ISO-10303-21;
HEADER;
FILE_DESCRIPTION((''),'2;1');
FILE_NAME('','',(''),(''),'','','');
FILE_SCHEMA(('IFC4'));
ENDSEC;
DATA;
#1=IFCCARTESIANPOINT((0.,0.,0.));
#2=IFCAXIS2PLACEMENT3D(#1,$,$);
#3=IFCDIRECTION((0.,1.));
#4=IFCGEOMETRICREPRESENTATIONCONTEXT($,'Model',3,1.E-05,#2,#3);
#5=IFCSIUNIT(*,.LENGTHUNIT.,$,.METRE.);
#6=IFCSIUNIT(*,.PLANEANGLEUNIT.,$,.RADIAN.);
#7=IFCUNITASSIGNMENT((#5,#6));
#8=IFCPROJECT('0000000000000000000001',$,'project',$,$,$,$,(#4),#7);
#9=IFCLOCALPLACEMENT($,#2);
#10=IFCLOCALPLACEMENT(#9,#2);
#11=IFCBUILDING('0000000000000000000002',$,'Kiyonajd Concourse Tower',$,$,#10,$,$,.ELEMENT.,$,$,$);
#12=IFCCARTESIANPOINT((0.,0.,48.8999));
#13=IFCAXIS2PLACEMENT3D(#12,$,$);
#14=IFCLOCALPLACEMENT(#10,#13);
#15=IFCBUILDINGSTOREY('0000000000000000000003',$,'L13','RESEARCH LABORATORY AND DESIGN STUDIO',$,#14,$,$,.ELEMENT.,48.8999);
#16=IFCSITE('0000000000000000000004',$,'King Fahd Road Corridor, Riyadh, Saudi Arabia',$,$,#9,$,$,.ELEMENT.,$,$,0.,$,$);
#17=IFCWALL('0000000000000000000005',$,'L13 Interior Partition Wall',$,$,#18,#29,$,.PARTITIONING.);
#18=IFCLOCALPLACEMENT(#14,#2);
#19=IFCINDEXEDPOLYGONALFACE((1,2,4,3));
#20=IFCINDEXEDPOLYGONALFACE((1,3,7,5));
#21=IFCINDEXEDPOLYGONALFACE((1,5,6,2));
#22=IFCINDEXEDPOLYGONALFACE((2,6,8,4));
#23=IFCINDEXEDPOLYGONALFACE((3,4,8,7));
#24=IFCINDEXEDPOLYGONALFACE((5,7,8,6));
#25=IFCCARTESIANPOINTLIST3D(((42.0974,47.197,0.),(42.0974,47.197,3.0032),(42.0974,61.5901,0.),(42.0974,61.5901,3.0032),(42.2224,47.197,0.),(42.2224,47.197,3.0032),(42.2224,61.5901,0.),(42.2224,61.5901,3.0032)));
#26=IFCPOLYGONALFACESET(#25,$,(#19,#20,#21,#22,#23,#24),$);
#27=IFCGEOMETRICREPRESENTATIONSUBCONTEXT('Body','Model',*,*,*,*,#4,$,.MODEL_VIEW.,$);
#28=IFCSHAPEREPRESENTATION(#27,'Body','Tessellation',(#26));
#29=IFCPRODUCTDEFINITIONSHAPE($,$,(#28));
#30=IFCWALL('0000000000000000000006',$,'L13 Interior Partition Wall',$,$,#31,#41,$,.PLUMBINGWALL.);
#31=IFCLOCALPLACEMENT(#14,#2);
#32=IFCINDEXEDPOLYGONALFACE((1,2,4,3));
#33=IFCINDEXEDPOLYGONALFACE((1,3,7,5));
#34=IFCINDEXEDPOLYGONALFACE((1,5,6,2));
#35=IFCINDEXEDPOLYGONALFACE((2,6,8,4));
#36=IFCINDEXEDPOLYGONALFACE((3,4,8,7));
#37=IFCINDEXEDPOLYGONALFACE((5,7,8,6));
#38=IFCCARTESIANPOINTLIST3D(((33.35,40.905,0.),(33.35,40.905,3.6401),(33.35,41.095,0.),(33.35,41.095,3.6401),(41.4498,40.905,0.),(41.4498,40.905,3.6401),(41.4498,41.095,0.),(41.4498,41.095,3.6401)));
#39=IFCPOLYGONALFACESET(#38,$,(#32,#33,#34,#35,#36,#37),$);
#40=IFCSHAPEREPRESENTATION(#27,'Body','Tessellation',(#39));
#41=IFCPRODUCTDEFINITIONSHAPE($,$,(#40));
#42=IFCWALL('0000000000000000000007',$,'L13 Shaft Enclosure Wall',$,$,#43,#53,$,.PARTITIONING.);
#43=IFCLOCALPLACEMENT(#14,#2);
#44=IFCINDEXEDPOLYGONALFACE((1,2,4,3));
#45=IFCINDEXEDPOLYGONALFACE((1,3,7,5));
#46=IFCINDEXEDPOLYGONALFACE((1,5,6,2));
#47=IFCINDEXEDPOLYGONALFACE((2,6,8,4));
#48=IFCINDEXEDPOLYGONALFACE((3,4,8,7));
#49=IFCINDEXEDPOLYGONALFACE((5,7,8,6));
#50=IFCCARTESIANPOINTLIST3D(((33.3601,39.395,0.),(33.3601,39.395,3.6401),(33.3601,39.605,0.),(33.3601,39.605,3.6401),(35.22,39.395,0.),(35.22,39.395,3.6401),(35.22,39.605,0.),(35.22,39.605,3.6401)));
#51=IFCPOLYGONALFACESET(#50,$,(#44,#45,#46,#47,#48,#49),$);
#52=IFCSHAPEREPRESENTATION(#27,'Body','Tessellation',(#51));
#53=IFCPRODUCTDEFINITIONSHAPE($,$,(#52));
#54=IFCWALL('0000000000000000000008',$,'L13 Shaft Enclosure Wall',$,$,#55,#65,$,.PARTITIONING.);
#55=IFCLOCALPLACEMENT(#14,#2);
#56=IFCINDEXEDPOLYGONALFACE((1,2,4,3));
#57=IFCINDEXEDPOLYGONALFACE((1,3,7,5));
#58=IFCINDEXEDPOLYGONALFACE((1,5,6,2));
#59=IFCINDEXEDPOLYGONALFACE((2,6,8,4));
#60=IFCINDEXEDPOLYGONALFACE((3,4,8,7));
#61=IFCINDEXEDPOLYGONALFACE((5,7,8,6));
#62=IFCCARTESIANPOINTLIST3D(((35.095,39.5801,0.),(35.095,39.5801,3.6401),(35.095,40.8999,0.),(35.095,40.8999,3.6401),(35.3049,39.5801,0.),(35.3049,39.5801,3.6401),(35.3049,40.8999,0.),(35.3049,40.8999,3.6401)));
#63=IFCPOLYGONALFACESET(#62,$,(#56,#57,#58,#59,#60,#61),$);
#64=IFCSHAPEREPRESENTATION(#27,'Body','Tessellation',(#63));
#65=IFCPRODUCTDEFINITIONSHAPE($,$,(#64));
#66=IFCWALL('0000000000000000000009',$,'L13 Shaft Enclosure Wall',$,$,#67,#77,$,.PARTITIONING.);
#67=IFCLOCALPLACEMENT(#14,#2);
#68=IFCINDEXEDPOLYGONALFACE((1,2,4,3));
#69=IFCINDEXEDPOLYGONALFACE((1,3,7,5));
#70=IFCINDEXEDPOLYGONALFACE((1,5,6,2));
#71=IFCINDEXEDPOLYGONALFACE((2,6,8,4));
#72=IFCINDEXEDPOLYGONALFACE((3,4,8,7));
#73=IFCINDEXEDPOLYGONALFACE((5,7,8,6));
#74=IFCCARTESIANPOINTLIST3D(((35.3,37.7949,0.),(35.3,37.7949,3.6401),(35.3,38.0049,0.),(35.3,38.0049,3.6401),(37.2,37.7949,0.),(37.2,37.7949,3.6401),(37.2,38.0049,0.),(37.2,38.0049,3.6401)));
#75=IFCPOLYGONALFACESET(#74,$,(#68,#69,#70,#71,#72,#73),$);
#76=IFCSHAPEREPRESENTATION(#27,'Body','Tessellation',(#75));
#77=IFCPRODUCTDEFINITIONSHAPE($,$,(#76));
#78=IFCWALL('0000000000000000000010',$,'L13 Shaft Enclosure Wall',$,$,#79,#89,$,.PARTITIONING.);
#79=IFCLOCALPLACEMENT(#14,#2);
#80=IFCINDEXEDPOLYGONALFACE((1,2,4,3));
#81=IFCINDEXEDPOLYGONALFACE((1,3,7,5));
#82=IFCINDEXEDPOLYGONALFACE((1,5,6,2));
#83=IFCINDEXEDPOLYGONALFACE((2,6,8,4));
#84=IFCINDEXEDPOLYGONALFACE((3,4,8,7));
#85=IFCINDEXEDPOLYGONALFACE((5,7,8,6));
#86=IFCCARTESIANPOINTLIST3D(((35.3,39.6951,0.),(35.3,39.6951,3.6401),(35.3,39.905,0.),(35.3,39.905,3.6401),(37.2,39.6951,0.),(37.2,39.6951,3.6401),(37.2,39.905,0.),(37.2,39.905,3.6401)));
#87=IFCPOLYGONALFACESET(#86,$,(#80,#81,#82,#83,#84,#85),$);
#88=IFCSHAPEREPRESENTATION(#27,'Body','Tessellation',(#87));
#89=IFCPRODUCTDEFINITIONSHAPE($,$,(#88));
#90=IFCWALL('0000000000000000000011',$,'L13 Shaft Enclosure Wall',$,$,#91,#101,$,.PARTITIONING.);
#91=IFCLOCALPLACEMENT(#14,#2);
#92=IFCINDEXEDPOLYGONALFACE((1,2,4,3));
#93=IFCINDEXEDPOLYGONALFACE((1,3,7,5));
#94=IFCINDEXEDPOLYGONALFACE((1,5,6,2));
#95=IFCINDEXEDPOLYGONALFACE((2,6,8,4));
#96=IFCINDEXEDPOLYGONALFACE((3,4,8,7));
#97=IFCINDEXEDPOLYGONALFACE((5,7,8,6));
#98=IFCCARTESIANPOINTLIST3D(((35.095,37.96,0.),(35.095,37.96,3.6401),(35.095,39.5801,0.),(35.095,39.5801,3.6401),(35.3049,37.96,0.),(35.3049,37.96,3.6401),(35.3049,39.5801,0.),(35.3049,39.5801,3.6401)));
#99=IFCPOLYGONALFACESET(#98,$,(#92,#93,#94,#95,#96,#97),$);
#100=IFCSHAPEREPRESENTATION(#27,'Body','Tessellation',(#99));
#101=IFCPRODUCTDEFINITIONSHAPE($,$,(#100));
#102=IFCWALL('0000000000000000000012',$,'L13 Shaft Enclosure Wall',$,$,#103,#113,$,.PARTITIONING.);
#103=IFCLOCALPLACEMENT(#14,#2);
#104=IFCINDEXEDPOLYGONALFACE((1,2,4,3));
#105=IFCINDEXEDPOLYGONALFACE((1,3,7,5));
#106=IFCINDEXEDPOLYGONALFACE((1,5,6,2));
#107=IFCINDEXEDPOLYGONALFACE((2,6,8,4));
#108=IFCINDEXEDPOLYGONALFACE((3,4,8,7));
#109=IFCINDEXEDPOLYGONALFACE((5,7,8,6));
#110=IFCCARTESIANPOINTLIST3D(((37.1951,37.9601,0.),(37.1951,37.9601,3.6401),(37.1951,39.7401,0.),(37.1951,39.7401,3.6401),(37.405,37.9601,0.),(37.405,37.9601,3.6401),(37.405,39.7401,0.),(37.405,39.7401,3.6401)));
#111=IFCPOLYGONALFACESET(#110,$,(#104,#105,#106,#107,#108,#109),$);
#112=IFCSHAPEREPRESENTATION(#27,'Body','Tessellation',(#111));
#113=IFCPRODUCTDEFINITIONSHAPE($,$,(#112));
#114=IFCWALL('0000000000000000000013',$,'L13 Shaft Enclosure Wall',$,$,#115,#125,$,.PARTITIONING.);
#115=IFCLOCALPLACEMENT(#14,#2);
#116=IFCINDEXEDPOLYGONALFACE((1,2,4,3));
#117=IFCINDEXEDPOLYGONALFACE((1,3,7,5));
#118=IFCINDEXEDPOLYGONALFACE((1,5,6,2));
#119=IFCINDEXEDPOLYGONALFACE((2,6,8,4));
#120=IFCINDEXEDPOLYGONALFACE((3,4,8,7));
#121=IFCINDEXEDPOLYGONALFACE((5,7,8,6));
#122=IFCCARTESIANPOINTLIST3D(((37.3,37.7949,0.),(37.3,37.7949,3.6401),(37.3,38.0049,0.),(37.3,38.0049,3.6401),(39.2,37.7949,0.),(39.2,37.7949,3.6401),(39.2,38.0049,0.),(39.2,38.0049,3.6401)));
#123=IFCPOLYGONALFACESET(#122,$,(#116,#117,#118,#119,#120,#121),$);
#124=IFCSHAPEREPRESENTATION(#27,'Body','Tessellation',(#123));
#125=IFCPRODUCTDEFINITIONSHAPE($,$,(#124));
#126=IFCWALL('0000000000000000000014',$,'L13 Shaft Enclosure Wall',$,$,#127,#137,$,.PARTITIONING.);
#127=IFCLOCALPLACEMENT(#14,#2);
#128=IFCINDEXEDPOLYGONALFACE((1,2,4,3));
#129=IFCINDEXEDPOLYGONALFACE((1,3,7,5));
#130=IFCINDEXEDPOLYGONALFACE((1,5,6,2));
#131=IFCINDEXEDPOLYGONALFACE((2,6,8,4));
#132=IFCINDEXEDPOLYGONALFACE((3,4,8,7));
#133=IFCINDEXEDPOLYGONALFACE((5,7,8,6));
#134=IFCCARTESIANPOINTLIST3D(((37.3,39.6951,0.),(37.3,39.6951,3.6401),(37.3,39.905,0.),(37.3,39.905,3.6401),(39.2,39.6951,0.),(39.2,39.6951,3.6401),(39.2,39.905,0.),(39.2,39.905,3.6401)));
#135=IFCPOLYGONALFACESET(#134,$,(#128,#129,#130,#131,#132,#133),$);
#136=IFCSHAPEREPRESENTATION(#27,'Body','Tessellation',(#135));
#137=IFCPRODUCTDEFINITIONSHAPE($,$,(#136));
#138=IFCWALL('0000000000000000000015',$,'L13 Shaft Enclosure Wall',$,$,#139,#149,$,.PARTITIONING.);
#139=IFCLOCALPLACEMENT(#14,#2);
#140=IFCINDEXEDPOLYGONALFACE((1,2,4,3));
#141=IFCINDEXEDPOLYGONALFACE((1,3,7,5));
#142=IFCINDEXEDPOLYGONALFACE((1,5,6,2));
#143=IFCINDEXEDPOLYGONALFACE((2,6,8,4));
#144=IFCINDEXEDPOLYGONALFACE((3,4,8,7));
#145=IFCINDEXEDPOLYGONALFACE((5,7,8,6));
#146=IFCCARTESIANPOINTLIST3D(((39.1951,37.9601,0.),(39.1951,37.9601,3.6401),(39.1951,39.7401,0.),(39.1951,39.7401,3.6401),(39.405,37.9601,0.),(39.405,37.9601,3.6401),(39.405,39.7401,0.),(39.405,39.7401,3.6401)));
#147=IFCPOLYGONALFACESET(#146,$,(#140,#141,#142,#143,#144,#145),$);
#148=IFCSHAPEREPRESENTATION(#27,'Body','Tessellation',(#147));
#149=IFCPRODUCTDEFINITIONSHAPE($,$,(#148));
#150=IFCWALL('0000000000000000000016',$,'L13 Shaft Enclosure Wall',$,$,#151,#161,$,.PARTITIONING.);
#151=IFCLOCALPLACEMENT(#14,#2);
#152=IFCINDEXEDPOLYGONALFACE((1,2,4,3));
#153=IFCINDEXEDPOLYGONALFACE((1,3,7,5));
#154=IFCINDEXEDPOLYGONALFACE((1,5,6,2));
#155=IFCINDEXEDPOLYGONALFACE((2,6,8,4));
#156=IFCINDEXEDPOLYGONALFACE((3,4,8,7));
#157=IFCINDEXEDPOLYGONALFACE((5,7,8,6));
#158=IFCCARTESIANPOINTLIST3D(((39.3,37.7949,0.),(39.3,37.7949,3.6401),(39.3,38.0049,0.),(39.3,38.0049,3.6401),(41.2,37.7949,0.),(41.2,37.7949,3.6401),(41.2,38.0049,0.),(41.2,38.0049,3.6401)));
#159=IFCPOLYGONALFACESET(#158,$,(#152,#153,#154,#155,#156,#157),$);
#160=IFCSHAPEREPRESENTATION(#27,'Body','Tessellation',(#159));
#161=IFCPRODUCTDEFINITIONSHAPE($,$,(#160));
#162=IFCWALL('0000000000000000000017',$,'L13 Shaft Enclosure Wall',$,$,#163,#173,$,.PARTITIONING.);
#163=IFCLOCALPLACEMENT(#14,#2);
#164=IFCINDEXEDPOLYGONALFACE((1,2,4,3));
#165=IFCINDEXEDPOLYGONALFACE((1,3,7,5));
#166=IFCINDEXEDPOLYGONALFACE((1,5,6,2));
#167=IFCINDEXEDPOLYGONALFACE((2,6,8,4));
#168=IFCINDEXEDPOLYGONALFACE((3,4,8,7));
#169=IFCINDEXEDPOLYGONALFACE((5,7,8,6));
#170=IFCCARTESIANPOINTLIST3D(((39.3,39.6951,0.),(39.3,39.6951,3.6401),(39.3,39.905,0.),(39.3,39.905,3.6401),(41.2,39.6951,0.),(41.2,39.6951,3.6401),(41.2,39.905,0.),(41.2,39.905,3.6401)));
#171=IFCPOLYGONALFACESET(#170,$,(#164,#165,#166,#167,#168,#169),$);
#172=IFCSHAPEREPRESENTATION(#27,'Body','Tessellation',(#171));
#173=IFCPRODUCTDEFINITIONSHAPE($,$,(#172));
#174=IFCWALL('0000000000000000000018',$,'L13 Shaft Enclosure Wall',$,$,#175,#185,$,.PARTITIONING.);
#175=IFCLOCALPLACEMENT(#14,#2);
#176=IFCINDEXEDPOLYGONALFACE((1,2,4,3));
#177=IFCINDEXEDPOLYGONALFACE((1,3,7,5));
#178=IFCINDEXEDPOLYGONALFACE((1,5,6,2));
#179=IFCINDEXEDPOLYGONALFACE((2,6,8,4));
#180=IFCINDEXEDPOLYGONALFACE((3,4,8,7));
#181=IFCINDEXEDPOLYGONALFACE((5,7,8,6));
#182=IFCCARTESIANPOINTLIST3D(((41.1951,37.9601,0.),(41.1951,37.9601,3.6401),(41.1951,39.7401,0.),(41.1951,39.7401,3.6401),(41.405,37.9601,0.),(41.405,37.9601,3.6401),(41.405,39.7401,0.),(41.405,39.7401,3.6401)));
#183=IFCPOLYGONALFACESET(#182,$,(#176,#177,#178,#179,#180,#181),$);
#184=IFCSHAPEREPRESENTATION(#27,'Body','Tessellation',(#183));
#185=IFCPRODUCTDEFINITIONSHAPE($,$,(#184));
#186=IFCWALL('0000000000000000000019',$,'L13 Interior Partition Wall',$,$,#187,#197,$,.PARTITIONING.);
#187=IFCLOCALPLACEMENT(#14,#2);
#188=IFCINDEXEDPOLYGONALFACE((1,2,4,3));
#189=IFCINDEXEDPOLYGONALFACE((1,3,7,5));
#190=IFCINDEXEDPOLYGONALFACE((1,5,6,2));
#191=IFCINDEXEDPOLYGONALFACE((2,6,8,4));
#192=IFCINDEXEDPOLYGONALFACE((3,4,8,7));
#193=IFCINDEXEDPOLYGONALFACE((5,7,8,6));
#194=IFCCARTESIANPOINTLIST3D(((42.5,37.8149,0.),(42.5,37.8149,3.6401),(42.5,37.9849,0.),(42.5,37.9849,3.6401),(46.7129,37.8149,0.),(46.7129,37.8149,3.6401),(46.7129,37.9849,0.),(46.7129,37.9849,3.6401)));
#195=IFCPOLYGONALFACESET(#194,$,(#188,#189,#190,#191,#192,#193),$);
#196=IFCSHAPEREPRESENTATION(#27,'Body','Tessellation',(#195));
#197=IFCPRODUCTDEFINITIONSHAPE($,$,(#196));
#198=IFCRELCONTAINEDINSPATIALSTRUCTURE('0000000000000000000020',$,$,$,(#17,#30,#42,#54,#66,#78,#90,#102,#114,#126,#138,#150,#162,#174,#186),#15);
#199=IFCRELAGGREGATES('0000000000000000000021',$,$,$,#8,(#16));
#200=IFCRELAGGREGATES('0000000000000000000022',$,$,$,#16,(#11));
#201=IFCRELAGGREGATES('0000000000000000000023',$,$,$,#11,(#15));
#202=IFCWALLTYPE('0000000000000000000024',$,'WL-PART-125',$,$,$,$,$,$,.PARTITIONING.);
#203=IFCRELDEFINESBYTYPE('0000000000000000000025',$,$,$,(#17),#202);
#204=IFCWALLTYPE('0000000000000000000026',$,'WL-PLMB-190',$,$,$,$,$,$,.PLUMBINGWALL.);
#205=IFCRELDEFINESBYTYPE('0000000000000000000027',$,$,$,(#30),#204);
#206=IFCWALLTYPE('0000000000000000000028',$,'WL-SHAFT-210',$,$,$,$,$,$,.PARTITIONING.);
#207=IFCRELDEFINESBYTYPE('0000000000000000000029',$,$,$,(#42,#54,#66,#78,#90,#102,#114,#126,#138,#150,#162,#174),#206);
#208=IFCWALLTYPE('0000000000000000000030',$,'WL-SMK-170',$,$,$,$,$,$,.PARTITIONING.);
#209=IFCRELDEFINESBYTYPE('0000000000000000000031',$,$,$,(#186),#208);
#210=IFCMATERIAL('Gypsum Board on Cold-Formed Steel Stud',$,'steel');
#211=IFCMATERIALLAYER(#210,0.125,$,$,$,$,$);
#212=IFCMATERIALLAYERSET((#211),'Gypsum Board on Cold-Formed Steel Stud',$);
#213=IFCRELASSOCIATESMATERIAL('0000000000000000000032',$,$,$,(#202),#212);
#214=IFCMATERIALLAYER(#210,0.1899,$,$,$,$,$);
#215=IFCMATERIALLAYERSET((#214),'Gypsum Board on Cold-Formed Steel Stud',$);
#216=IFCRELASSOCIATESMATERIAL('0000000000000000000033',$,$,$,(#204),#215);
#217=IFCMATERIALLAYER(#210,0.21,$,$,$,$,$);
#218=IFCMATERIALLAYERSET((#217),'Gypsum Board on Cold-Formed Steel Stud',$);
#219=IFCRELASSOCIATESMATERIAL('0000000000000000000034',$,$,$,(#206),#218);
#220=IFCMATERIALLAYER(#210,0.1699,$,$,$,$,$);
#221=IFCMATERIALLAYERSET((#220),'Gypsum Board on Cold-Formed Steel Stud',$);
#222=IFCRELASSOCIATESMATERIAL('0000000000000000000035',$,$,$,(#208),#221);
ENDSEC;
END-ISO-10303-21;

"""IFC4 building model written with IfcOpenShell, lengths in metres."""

from ifc_helpers import new_model, si_unit, direction, frame, frame_2d, origin, place, context, subcontext, project, spatial, rectangle, extrude, material, layer, layer_set, type_object, element, save


model = new_model("IFC4")

# Units and contexts
model_context = context("Model", 3, precision=1e-05, world=origin(), true_north=direction((0.0, 1.0)))
body_context = subcontext(model_context, "Body", "Model", "MODEL_VIEW")
ifc_project = project(units=[si_unit("LENGTHUNIT", "METRE"), si_unit("PLANEANGLEUNIT", "RADIAN")], contexts=[model_context])

# Site, building, storey
site_placement = place(None, origin())
site = spatial("IfcSite", under=ifc_project, at=site_placement, Name="King Fahd Road Corridor, Riyadh, Saudi Arabia", CompositionType="ELEMENT", RefElevation=0.0)
building_placement = place(site_placement, origin())
building = spatial("IfcBuilding", under=site, at=building_placement, Name="Kiyonajd Concourse Tower", CompositionType="ELEMENT")
storey_placement = place(building_placement, frame((0.0, 0.0, 48.8999)))
storey = spatial("IfcBuildingStorey", under=building, at=storey_placement, Name="L13", Description="RESEARCH LABORATORY AND DESIGN STUDIO", CompositionType="ELEMENT", Elevation=48.8999)

# Walls
ifc_material_1 = material(Name="Gypsum Board on Cold-Formed Steel Stud", Category="steel")
ifc_layer_1 = layer(ifc_material_1, 0.125)
ifc_layer_set_1 = layer_set([ifc_layer_1], Name="Gypsum Board on Cold-Formed Steel Stud")
wall_type_1 = type_object("IfcWallType", Name="WL-PART-125", PredefinedType="PARTITIONING", material=ifc_layer_set_1)
wall_1_placement = place(storey_placement, frame((42.1599, 47.197, 0.0), z_axis=(0.0, 0.0, 1.0), x_axis=(0.0, 1.0, 0.0)))
element("IfcWall", 1, at=wall_1_placement, inside=storey, type_object=wall_type_1, Name="L13 Interior Partition Wall", PredefinedType="PARTITIONING", context=body_context, shape_type="SweptSolid", body=[
    extrude(rectangle(XDim=14.3931, YDim=0.125, at=frame_2d((7.1965, 0.0))), origin(), (0.0, 0.0, 1.0), 3.0032),
])
ifc_layer_2 = layer(ifc_material_1, 0.1899)
ifc_layer_set_2 = layer_set([ifc_layer_2], Name="Gypsum Board on Cold-Formed Steel Stud")
wall_type_2 = type_object("IfcWallType", Name="WL-PLMB-190", PredefinedType="PLUMBINGWALL", material=ifc_layer_set_2)
wall_2_placement = place(storey_placement, frame((33.3501, 41.0, 0.0), z_axis=(0.0, 0.0, 1.0), x_axis=(1.0, 0.0, 0.0)))
element("IfcWall", 2, at=wall_2_placement, inside=storey, type_object=wall_type_2, Name="L13 Interior Partition Wall", PredefinedType="PLUMBINGWALL", context=body_context, shape_type="SweptSolid", body=[
    extrude(rectangle(XDim=8.0999, YDim=0.1899, at=frame_2d((4.0498, 0.0))), origin(), (0.0, 0.0, 1.0), 3.6401),
])
ifc_layer_3 = layer(ifc_material_1, 0.21)
ifc_layer_set_3 = layer_set([ifc_layer_3], Name="Gypsum Board on Cold-Formed Steel Stud")
wall_type_3 = type_object("IfcWallType", Name="WL-SHAFT-210", PredefinedType="PARTITIONING", material=ifc_layer_set_3)
wall_3_placement = place(storey_placement, frame((33.3601, 39.5, 0.0), z_axis=(0.0, 0.0, 1.0), x_axis=(1.0, 0.0, 0.0)))
element("IfcWall", 3, at=wall_3_placement, inside=storey, type_object=wall_type_3, Name="L13 Shaft Enclosure Wall", PredefinedType="PARTITIONING", context=body_context, shape_type="SweptSolid", body=[
    extrude(rectangle(XDim=1.8599, YDim=0.21, at=frame_2d((0.9299, 0.0))), origin(), (0.0, 0.0, 1.0), 3.6401),
])
wall_4_placement = place(storey_placement, frame((35.2, 39.5801, 0.0), z_axis=(0.0, 0.0, 1.0), x_axis=(0.0, 1.0, 0.0)))
element("IfcWall", 4, at=wall_4_placement, inside=storey, type_object=wall_type_3, Name="L13 Shaft Enclosure Wall", PredefinedType="PARTITIONING", context=body_context, shape_type="SweptSolid", body=[
    extrude(rectangle(XDim=1.3198, YDim=0.21, at=frame_2d((0.6599, 0.0))), origin(), (0.0, 0.0, 1.0), 3.6401),
])
for number, where, z_axis, x_axis, name in (
    (5, (35.3, 37.8999, 0.0), (0.0, 0.0, 1.0), (1.0, 0.0, 0.0), "L13 Shaft Enclosure Wall"),
    (6, (35.3, 39.8, 0.0), (0.0, 0.0, 1.0), (1.0, 0.0, 0.0), "L13 Shaft Enclosure Wall"),
):
    element("IfcWall", number, at=place(storey_placement, frame(where, z_axis=z_axis, x_axis=x_axis)), inside=storey, type_object=wall_type_3, Name=name, PredefinedType="PARTITIONING", context=body_context, shape_type="SweptSolid", body=[
        extrude(rectangle(XDim=1.8999, YDim=0.21, at=frame_2d((0.95, 0.0))), origin(), (0.0, 0.0, 1.0), 3.6401),
    ])
wall_5_placement = place(storey_placement, frame((35.2, 37.96, 0.0), z_axis=(0.0, 0.0, 1.0), x_axis=(0.0, 1.0, 0.0)))
element("IfcWall", 7, at=wall_5_placement, inside=storey, type_object=wall_type_3, Name="L13 Shaft Enclosure Wall", PredefinedType="PARTITIONING", context=body_context, shape_type="SweptSolid", body=[
    extrude(rectangle(XDim=1.6201, YDim=0.21, at=frame_2d((0.8101, 0.0))), origin(), (0.0, 0.0, 1.0), 3.6401),
])
wall_6_placement = place(storey_placement, frame((37.3, 37.96, 0.0), z_axis=(0.0, 0.0, 1.0), x_axis=(0.0, 1.0, 0.0)))
element("IfcWall", 8, at=wall_6_placement, inside=storey, type_object=wall_type_3, Name="L13 Shaft Enclosure Wall", PredefinedType="PARTITIONING", context=body_context, shape_type="SweptSolid", body=[
    extrude(rectangle(XDim=1.78, YDim=0.21, at=frame_2d((0.8901, 0.0))), origin(), (0.0, 0.0, 1.0), 3.6401),
])
for number, where, z_axis, x_axis, name in (
    (9, (37.3, 37.8999, 0.0), (0.0, 0.0, 1.0), (1.0, 0.0, 0.0), "L13 Shaft Enclosure Wall"),
    (10, (37.3, 39.8, 0.0), (0.0, 0.0, 1.0), (1.0, 0.0, 0.0), "L13 Shaft Enclosure Wall"),
):
    element("IfcWall", number, at=place(storey_placement, frame(where, z_axis=z_axis, x_axis=x_axis)), inside=storey, type_object=wall_type_3, Name=name, PredefinedType="PARTITIONING", context=body_context, shape_type="SweptSolid", body=[
        extrude(rectangle(XDim=1.8999, YDim=0.21, at=frame_2d((0.95, 0.0))), origin(), (0.0, 0.0, 1.0), 3.6401),
    ])
wall_7_placement = place(storey_placement, frame((39.3, 37.96, 0.0), z_axis=(0.0, 0.0, 1.0), x_axis=(0.0, 1.0, 0.0)))
element("IfcWall", 11, at=wall_7_placement, inside=storey, type_object=wall_type_3, Name="L13 Shaft Enclosure Wall", PredefinedType="PARTITIONING", context=body_context, shape_type="SweptSolid", body=[
    extrude(rectangle(XDim=1.78, YDim=0.21, at=frame_2d((0.8901, 0.0))), origin(), (0.0, 0.0, 1.0), 3.6401),
])
for number, where, z_axis, x_axis, name in (
    (12, (39.3, 37.8999, 0.0), (0.0, 0.0, 1.0), (1.0, 0.0, 0.0), "L13 Shaft Enclosure Wall"),
    (13, (39.3, 39.8, 0.0), (0.0, 0.0, 1.0), (1.0, 0.0, 0.0), "L13 Shaft Enclosure Wall"),
):
    element("IfcWall", number, at=place(storey_placement, frame(where, z_axis=z_axis, x_axis=x_axis)), inside=storey, type_object=wall_type_3, Name=name, PredefinedType="PARTITIONING", context=body_context, shape_type="SweptSolid", body=[
        extrude(rectangle(XDim=1.8999, YDim=0.21, at=frame_2d((0.95, 0.0))), origin(), (0.0, 0.0, 1.0), 3.6401),
    ])
wall_8_placement = place(storey_placement, frame((41.3, 37.96, 0.0), z_axis=(0.0, 0.0, 1.0), x_axis=(0.0, 1.0, 0.0)))
element("IfcWall", 14, at=wall_8_placement, inside=storey, type_object=wall_type_3, Name="L13 Shaft Enclosure Wall", PredefinedType="PARTITIONING", context=body_context, shape_type="SweptSolid", body=[
    extrude(rectangle(XDim=1.78, YDim=0.21, at=frame_2d((0.8901, 0.0))), origin(), (0.0, 0.0, 1.0), 3.6401),
])
ifc_layer_4 = layer(ifc_material_1, 0.1699)
ifc_layer_set_4 = layer_set([ifc_layer_4], Name="Gypsum Board on Cold-Formed Steel Stud")
wall_type_4 = type_object("IfcWallType", Name="WL-SMK-170", PredefinedType="PARTITIONING", material=ifc_layer_set_4)
wall_9_placement = place(storey_placement, frame((42.5, 37.8999, 0.0), z_axis=(0.0, 0.0, 1.0), x_axis=(1.0, 0.0, 0.0)))
element("IfcWall", 15, at=wall_9_placement, inside=storey, type_object=wall_type_4, Name="L13 Interior Partition Wall", PredefinedType="PARTITIONING", context=body_context, shape_type="SweptSolid", body=[
    extrude(rectangle(XDim=4.2129, YDim=0.1699, at=frame_2d((2.1064, 0.0))), origin(), (0.0, 0.0, 1.0), 3.6401),
])

save(model, "model.ifc")
